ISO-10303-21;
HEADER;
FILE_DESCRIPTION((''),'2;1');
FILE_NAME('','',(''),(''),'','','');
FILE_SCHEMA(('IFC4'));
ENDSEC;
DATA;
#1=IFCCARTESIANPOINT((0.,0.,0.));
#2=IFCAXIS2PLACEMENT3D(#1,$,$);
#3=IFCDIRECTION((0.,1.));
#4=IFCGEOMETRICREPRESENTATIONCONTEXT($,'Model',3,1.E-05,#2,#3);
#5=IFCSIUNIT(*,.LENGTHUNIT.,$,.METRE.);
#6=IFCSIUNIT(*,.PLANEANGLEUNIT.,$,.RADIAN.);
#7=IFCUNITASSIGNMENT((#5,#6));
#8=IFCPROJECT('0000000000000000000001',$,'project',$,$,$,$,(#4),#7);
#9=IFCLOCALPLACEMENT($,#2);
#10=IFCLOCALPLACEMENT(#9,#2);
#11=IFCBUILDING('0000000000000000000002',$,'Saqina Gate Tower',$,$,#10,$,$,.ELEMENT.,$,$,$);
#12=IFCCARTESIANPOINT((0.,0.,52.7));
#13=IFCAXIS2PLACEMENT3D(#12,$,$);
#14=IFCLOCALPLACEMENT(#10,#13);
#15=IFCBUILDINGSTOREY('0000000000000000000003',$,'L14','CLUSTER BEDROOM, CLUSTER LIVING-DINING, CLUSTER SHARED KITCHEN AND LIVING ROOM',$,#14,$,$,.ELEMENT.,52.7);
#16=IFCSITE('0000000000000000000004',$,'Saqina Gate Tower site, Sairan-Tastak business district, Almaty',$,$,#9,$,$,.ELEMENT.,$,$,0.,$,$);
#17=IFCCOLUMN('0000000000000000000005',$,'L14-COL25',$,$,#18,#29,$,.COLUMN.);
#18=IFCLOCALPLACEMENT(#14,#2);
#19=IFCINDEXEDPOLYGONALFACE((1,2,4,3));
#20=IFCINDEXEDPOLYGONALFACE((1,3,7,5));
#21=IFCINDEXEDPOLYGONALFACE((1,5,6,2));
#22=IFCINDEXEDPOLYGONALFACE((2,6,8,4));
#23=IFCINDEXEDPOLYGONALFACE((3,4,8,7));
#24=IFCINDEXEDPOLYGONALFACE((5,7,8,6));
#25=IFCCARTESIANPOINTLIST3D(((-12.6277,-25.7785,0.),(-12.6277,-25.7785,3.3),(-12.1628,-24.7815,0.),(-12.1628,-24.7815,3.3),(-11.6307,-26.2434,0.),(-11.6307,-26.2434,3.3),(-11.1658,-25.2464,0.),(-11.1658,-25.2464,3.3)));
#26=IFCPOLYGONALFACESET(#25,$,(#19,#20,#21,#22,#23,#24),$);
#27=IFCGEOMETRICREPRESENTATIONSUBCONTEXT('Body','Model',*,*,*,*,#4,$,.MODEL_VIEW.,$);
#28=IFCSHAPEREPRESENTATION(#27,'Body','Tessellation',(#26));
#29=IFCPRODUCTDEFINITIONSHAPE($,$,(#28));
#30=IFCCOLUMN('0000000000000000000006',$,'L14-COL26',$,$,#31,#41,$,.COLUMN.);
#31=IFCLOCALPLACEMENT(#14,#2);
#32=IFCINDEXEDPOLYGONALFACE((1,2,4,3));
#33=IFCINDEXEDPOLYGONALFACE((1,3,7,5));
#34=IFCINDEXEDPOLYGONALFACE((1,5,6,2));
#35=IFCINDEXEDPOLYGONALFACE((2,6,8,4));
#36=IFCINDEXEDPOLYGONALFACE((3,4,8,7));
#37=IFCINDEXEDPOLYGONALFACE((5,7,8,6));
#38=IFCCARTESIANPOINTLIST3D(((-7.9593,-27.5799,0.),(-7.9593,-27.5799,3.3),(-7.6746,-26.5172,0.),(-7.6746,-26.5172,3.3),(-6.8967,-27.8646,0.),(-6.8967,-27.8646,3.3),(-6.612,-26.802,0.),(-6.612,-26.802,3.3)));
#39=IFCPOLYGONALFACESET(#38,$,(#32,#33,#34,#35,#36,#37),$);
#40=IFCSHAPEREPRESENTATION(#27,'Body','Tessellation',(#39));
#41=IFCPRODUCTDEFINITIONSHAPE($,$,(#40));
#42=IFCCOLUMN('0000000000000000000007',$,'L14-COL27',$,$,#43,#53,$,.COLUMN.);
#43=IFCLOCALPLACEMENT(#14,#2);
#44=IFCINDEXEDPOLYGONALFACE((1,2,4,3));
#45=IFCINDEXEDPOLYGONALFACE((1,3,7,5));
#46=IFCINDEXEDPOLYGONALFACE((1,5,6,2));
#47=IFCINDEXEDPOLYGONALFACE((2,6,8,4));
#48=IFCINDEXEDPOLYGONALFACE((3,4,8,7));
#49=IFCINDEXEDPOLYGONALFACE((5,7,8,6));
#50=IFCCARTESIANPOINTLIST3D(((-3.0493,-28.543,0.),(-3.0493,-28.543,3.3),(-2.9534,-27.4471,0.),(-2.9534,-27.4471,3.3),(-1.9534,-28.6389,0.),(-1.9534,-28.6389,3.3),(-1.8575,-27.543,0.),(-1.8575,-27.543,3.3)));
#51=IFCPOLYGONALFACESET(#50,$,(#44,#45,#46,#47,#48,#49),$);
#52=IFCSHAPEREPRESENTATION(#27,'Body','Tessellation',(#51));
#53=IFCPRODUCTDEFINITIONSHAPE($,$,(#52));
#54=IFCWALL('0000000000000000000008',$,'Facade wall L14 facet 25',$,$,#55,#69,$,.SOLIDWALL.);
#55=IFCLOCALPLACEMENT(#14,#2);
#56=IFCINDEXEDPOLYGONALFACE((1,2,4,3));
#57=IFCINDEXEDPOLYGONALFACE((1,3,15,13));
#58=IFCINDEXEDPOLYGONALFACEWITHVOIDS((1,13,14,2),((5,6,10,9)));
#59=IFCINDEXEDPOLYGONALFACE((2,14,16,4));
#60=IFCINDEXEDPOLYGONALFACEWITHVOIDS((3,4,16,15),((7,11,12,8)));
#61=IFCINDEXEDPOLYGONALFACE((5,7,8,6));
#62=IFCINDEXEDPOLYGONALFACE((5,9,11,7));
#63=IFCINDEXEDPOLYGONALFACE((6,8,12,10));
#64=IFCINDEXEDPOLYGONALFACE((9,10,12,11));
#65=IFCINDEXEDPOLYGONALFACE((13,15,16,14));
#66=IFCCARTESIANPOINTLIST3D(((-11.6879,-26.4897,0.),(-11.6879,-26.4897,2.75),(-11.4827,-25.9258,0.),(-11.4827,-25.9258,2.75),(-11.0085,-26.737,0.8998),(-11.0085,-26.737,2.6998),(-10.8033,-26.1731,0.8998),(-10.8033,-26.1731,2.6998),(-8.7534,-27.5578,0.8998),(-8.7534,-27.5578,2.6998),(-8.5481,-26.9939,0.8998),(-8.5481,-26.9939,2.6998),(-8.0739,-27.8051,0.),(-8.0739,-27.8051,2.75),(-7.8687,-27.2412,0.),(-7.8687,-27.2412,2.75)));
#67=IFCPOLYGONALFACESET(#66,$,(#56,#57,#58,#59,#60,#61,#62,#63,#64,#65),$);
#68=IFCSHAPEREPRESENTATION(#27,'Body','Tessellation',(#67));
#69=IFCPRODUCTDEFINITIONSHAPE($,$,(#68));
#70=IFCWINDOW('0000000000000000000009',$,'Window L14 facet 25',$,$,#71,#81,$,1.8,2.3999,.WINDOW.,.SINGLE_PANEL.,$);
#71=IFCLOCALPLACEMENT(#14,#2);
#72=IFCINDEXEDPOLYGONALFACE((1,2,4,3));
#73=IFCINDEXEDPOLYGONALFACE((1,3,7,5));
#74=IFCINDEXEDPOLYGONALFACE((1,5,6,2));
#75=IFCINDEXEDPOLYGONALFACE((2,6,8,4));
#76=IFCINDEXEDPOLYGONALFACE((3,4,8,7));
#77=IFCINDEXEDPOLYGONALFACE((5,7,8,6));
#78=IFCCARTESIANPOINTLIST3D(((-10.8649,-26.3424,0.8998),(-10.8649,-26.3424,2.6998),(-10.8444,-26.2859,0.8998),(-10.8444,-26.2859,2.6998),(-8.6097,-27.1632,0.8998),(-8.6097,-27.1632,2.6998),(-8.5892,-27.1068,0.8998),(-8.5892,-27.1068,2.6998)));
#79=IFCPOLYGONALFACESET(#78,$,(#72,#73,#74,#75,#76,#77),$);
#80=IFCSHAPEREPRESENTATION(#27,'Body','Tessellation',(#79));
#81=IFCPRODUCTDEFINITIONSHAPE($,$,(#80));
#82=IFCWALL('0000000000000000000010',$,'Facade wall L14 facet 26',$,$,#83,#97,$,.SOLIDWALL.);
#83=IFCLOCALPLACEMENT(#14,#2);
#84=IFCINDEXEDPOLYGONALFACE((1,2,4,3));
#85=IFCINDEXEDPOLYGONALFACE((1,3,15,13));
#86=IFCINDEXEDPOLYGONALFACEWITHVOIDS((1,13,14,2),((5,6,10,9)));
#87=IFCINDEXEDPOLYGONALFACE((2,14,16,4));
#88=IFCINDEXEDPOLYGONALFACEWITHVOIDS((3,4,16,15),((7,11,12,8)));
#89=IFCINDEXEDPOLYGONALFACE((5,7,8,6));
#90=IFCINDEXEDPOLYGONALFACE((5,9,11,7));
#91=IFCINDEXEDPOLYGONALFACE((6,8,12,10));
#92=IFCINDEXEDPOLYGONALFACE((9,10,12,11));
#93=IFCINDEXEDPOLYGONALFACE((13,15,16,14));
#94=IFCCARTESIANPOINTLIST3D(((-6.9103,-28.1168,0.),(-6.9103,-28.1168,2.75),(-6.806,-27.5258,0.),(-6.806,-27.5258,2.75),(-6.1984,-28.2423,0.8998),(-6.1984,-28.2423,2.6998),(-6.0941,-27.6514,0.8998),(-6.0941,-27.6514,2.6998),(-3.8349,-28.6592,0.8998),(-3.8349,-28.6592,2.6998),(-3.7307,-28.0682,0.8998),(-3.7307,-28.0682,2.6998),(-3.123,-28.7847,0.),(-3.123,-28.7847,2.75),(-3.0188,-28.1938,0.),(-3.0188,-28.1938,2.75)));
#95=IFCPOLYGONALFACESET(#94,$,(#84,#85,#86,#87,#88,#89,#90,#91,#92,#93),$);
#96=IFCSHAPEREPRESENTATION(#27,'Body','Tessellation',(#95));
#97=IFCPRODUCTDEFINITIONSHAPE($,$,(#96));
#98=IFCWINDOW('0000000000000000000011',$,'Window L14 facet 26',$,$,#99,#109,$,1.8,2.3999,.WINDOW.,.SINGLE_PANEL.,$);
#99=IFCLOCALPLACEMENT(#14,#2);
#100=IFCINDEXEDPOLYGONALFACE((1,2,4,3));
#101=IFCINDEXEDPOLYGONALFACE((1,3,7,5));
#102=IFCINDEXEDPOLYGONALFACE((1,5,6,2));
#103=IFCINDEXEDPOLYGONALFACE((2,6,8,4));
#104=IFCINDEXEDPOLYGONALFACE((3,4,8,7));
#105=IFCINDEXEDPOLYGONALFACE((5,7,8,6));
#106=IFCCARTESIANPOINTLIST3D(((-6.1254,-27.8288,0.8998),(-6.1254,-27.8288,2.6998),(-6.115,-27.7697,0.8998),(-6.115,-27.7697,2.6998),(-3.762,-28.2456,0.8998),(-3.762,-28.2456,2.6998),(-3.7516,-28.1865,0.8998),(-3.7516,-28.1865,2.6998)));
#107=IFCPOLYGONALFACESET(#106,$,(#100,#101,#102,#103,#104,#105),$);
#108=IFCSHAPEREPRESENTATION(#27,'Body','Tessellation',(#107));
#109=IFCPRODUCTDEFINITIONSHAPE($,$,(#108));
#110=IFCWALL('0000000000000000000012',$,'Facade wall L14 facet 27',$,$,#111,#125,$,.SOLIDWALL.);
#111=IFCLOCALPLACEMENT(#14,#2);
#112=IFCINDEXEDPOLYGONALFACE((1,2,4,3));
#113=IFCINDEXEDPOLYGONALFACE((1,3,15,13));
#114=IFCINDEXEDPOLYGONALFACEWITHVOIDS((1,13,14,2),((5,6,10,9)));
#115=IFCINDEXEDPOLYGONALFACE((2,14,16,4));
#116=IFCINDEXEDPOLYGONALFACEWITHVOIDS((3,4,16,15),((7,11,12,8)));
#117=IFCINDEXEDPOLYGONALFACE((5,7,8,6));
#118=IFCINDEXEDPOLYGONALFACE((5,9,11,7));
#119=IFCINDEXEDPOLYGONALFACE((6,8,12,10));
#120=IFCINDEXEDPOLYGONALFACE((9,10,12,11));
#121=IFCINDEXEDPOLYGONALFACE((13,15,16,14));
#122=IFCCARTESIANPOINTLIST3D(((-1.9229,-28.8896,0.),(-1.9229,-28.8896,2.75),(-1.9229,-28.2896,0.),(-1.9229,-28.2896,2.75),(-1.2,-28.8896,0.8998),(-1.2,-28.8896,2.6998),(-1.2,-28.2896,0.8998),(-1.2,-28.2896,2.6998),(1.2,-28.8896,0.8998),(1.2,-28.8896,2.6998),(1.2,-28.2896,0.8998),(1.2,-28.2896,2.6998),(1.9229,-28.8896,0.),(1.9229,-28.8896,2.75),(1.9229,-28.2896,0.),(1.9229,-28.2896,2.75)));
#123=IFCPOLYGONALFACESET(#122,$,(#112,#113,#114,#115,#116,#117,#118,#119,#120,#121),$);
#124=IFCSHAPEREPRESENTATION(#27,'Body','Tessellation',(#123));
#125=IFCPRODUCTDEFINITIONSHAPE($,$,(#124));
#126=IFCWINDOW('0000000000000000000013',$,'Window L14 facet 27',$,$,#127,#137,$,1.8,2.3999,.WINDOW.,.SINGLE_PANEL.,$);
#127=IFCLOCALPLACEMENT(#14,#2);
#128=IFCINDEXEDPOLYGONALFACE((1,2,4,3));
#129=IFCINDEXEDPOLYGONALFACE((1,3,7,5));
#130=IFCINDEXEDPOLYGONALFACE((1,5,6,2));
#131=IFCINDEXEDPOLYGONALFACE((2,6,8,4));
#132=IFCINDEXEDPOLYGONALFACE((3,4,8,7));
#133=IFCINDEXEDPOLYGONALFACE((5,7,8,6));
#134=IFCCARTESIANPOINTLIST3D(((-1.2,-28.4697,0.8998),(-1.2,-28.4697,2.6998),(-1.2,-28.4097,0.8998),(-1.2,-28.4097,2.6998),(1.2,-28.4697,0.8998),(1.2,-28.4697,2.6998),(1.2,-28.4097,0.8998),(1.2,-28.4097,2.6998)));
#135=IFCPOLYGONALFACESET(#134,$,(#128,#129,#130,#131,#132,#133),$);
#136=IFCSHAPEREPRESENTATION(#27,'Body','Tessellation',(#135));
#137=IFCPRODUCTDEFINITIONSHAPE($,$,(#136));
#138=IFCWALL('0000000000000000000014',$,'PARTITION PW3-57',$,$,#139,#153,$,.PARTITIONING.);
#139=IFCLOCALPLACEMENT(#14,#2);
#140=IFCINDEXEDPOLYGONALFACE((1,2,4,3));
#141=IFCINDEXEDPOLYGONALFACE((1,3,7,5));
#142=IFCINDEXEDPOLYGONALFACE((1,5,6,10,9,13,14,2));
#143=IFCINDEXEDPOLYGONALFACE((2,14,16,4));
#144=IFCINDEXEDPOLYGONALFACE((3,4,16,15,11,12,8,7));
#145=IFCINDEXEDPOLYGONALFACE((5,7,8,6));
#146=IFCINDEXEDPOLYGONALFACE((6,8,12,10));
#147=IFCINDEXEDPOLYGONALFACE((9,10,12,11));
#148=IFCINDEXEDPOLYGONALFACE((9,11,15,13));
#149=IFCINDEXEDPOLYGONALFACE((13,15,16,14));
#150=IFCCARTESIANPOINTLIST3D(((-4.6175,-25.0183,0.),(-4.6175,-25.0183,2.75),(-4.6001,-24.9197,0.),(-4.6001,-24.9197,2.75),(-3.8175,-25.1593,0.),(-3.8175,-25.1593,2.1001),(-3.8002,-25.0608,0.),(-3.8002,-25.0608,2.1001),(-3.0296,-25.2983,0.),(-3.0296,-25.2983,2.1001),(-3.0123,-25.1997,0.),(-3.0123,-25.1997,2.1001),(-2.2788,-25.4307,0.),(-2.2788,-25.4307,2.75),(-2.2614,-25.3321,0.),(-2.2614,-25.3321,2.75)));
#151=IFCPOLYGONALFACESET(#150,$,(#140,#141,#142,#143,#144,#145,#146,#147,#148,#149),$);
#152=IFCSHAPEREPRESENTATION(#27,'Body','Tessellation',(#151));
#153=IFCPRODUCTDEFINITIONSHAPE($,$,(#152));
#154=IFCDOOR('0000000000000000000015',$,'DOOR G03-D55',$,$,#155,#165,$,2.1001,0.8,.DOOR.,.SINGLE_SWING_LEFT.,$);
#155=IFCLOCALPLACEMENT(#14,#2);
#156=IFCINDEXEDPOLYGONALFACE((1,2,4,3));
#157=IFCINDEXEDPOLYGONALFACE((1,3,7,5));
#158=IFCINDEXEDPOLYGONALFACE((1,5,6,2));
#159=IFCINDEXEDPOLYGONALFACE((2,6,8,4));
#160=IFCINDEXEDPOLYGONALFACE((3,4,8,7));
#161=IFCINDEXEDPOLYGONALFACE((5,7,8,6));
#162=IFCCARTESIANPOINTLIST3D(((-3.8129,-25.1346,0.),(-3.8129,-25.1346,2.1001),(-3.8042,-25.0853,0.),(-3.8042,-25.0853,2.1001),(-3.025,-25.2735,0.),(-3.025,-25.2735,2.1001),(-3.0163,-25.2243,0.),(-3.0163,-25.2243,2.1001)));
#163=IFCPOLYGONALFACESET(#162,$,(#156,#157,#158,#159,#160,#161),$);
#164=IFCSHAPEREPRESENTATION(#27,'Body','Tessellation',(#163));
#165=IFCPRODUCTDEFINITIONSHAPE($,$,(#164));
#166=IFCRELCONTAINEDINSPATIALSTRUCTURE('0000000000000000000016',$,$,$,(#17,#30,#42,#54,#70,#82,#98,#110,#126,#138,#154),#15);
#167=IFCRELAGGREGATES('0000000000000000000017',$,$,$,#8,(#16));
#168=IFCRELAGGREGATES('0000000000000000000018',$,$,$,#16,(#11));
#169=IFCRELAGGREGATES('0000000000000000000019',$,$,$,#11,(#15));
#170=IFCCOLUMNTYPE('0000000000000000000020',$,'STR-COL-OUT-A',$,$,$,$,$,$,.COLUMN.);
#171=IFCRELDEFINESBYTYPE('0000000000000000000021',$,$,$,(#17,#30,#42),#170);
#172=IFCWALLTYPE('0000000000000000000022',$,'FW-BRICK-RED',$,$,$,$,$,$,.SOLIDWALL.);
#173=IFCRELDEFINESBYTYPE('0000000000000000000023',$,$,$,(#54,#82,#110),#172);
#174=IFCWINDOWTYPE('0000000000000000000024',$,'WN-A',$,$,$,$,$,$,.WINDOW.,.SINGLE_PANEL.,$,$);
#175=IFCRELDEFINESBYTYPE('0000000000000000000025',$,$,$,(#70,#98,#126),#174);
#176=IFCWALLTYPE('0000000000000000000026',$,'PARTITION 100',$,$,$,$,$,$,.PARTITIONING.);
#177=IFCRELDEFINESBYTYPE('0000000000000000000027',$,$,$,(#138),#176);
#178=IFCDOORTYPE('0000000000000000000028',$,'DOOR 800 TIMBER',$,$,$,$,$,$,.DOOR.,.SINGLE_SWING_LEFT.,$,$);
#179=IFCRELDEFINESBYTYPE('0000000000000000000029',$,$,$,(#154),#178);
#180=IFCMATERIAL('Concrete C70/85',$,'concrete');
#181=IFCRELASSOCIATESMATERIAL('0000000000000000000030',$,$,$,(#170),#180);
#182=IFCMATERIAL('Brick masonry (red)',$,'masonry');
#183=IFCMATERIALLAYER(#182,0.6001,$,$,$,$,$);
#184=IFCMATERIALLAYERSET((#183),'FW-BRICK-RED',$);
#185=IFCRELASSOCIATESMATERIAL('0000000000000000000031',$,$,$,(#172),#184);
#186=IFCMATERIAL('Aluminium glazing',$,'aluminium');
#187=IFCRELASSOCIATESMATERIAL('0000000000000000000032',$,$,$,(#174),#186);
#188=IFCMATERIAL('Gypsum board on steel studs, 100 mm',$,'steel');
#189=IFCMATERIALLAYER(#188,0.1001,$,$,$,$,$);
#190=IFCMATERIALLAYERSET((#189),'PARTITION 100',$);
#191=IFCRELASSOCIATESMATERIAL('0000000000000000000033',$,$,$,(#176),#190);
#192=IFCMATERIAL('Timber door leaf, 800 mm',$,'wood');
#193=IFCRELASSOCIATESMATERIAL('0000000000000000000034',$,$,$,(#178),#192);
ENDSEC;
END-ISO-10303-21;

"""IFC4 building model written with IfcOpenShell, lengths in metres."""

from ifc_helpers import new_model, si_unit, direction, frame, frame_2d, origin, origin_2d, place, context, subcontext, project, spatial, rectangle, extrude, material, layer, layer_set, material_profile, profile_set, type_object, element, fill, save


model = new_model("IFC4")

# Units and contexts
model_context = context("Model", 3, precision=1e-05, world=origin(), true_north=direction((0.0, 1.0)))
body_context = subcontext(model_context, "Body", "Model", "MODEL_VIEW")
ifc_project = project(units=[si_unit("LENGTHUNIT", "METRE"), si_unit("PLANEANGLEUNIT", "RADIAN")], contexts=[model_context])

# Site, building, storey
site_placement = place(None, origin())
site = spatial("IfcSite", under=ifc_project, at=site_placement, Name="Saqina Gate Tower site, Sairan-Tastak business district, Almaty", CompositionType="ELEMENT", RefElevation=0.0)
building_placement = place(site_placement, origin())
building = spatial("IfcBuilding", under=site, at=building_placement, Name="Saqina Gate Tower", CompositionType="ELEMENT")
storey_placement = place(building_placement, frame((0.0, 0.0, 52.7)))
storey = spatial("IfcBuildingStorey", under=building, at=storey_placement, Name="L14", Description="CLUSTER BEDROOM, CLUSTER LIVING-DINING, CLUSTER SHARED KITCHEN AND LIVING ROOM", CompositionType="ELEMENT", Elevation=52.7)

# Columns
ifc_material_1 = material(Name="Concrete C70/85", Category="concrete")
ifc_material_profile = material_profile(ifc_material_1, rectangle(XDim=1.1001, YDim=1.1001, at=origin_2d()), Name="RC 1100x1100")
ifc_profile_set = profile_set([ifc_material_profile], Name="Concrete C70/85")
column_type = type_object("IfcColumnType", Name="STR-COL-OUT-A", PredefinedType="COLUMN", material=ifc_profile_set)
for number, where, z_axis, x_axis, name in (
    (1, (-11.8967, -25.5125, 0.0), (0.0, 0.0, 1.0), (-0.422618, -0.906308, 0.0), "L14-COL25"),
    (2, (-7.2856, -27.1909, 0.0), (0.0, 0.0, 1.0), (-0.258819, -0.965926, 0.0), "L14-COL26"),
    (3, (-2.4534, -28.043, 0.0), (0.0, 0.0, 1.0), (-0.087156, -0.996195, 0.0), "L14-COL27"),
):
    element("IfcColumn", number, at=place(storey_placement, frame(where, z_axis=z_axis, x_axis=x_axis)), inside=storey, type_object=column_type, Name=name, PredefinedType="COLUMN", context=body_context, shape_type="SweptSolid", body=[
        extrude(rectangle(XDim=1.1001, YDim=1.1001, at=origin_2d()), origin(), (0.0, 0.0, 1.0), 3.3),
    ])

# Walls, openings, windows
ifc_material_2 = material(Name="Brick masonry (red)", Category="masonry")
ifc_layer_1 = layer(ifc_material_2, 0.6001)
ifc_layer_set_1 = layer_set([ifc_layer_1], Name="FW-BRICK-RED")
wall_type_1 = type_object("IfcWallType", Name="FW-BRICK-RED", PredefinedType="SOLIDWALL", material=ifc_layer_set_1)
wall_1_placement = place(storey_placement, frame((-11.5852, -26.2078, 0.0), z_axis=(0.0, 0.0, 1.0), x_axis=(0.93969, -0.342028, 0.0)))
wall_1 = element("IfcWall", 4, at=wall_1_placement, inside=storey, type_object=wall_type_1, Name="Facade wall L14 facet 25", PredefinedType="SOLIDWALL", context=body_context, shape_type="SweptSolid", body=[
    extrude(rectangle(XDim=3.8459, YDim=0.6001, at=frame_2d((1.9229, 0.0))), origin(), (0.0, 0.0, 1.0), 2.75),
])
opening_1_placement = place(wall_1_placement, frame((0.7229, 0.0, 0.8999)))
opening_1 = element("IfcOpeningElement", 5, at=opening_1_placement, cuts=wall_1, PredefinedType="OPENING", context=body_context, shape_type="SweptSolid", body=[
    extrude(rectangle(XDim=2.3999, YDim=1.8, at=frame_2d((1.2, 0.8999))), frame((0.0, 0.312, 0.0), z_axis=(0.0, -1.0, 0.0), x_axis=(1.0, 0.0, 0.0)), (0.0, 0.0, 1.0), 0.624),
])
ifc_material_3 = material(Name="Aluminium glazing", Category="aluminium")
window_type = type_object("IfcWindowType", Name="WN-A", PartitioningType="SINGLE_PANEL", PredefinedType="WINDOW", material=ifc_material_3)
window_1_placement = place(opening_1_placement, origin())
window_1 = element("IfcWindow", 6, at=window_1_placement, inside=storey, type_object=window_type, Name="Window L14 facet 25", OverallHeight=1.8, OverallWidth=2.3999, PartitioningType="SINGLE_PANEL", PredefinedType="WINDOW", context=body_context, shape_type="SweptSolid", body=[
    extrude(rectangle(XDim=2.3999, YDim=1.8, at=frame_2d((1.2, 0.8999))), frame((0.0, 0.1799, 0.0), z_axis=(0.0, -1.0, 0.0), x_axis=(1.0, 0.0, 0.0)), (0.0, 0.0, 1.0), 0.0601),
])
fill(opening_1, window_1)
wall_2_placement = place(storey_placement, frame((-6.8582, -27.8213, 0.0), z_axis=(0.0, 0.0, 1.0), x_axis=(0.984801, -0.173688, 0.0)))
wall_2 = element("IfcWall", 7, at=wall_2_placement, inside=storey, type_object=wall_type_1, Name="Facade wall L14 facet 26", PredefinedType="SOLIDWALL", context=body_context, shape_type="SweptSolid", body=[
    extrude(rectangle(XDim=3.8457, YDim=0.6001, at=frame_2d((1.9229, 0.0))), origin(), (0.0, 0.0, 1.0), 2.75),
])
opening_2_placement = place(wall_2_placement, frame((0.7229, 0.0, 0.8999)))
opening_2 = element("IfcOpeningElement", 8, at=opening_2_placement, cuts=wall_2, PredefinedType="OPENING", context=body_context, shape_type="SweptSolid", body=[
    extrude(rectangle(XDim=2.3999, YDim=1.8, at=frame_2d((1.2, 0.8999))), frame((0.0, 0.312, 0.0), z_axis=(0.0, -1.0, 0.0), x_axis=(1.0, 0.0, 0.0)), (0.0, 0.0, 1.0), 0.624),
])
window_2_placement = place(opening_2_placement, origin())
window_2 = element("IfcWindow", 9, at=window_2_placement, inside=storey, type_object=window_type, Name="Window L14 facet 26", OverallHeight=1.8, OverallWidth=2.3999, PartitioningType="SINGLE_PANEL", PredefinedType="WINDOW", context=body_context, shape_type="SweptSolid", body=[
    extrude(rectangle(XDim=2.3999, YDim=1.8, at=frame_2d((1.2, 0.8999))), frame((0.0, 0.1799, 0.0), z_axis=(0.0, -1.0, 0.0), x_axis=(1.0, 0.0, 0.0)), (0.0, 0.0, 1.0), 0.0601),
])
fill(opening_2, window_2)
wall_3_placement = place(storey_placement, frame((-1.9229, -28.5896, 0.0), z_axis=(0.0, 0.0, 1.0), x_axis=(1.0, 0.0, 0.0)))
wall_3 = element("IfcWall", 10, at=wall_3_placement, inside=storey, type_object=wall_type_1, Name="Facade wall L14 facet 27", PredefinedType="SOLIDWALL", context=body_context, shape_type="SweptSolid", body=[
    extrude(rectangle(XDim=3.8457, YDim=0.6001, at=frame_2d((1.9229, 0.0))), origin(), (0.0, 0.0, 1.0), 2.75),
])
opening_3_placement = place(wall_3_placement, frame((0.7229, 0.0, 0.8999)))
opening_3 = element("IfcOpeningElement", 11, at=opening_3_placement, cuts=wall_3, PredefinedType="OPENING", context=body_context, shape_type="SweptSolid", body=[
    extrude(rectangle(XDim=2.3999, YDim=1.8, at=frame_2d((1.2, 0.8999))), frame((0.0, 0.312, 0.0), z_axis=(0.0, -1.0, 0.0), x_axis=(1.0, 0.0, 0.0)), (0.0, 0.0, 1.0), 0.624),
])
window_3_placement = place(opening_3_placement, origin())
window_3 = element("IfcWindow", 12, at=window_3_placement, inside=storey, type_object=window_type, Name="Window L14 facet 27", OverallHeight=1.8, OverallWidth=2.3999, PartitioningType="SINGLE_PANEL", PredefinedType="WINDOW", context=body_context, shape_type="SweptSolid", body=[
    extrude(rectangle(XDim=2.3999, YDim=1.8, at=frame_2d((1.2, 0.8999))), frame((0.0, 0.1799, 0.0), z_axis=(0.0, -1.0, 0.0), x_axis=(1.0, 0.0, 0.0)), (0.0, 0.0, 1.0), 0.0601),
])
fill(opening_3, window_3)

# Wall, opening, door
ifc_material_4 = material(Name="Gypsum board on steel studs, 100 mm", Category="steel")
ifc_layer_2 = layer(ifc_material_4, 0.1001)
ifc_layer_set_2 = layer_set([ifc_layer_2], Name="PARTITION 100")
wall_type_2 = type_object("IfcWallType", Name="PARTITION 100", PredefinedType="PARTITIONING", material=ifc_layer_set_2)
wall_4_placement = place(storey_placement, frame((-4.6089, -24.969, 0.0), z_axis=(0.0, 0.0, 1.0), x_axis=(0.984808, -0.173645, 0.0)))
wall_4 = element("IfcWall", 13, at=wall_4_placement, inside=storey, type_object=wall_type_2, Name="PARTITION PW3-57", PredefinedType="PARTITIONING", context=body_context, shape_type="SweptSolid", body=[
    extrude(rectangle(XDim=2.3748, YDim=0.1001, at=frame_2d((1.1875, 0.0))), origin(), (0.0, 0.0, 1.0), 2.75),
])
opening_4_placement = place(wall_4_placement, frame((0.8125, 0.0, 0.0)))
opening_4 = element("IfcOpeningElement", 14, at=opening_4_placement, cuts=wall_4, PredefinedType="OPENING", context=body_context, shape_type="SweptSolid", body=[
    extrude(rectangle(XDim=0.8, YDim=2.1001, at=frame_2d((0.3999, 1.05))), frame((0.0, 0.062, 0.0), z_axis=(0.0, -1.0, 0.0), x_axis=(1.0, 0.0, 0.0)), (0.0, 0.0, 1.0), 0.124),
])
ifc_material_5 = material(Name="Timber door leaf, 800 mm", Category="wood")
door_type = type_object("IfcDoorType", Name="DOOR 800 TIMBER", OperationType="SINGLE_SWING_LEFT", PredefinedType="DOOR", material=ifc_material_5)
door_1_placement = place(opening_4_placement, frame((0.8, 0.0, 0.0), z_axis=(0.0, 0.0, 1.0), x_axis=(-1.0, 0.0, 0.0)))
door_1 = element("IfcDoor", 15, at=door_1_placement, inside=storey, type_object=door_type, Name="DOOR G03-D55", OperationType="SINGLE_SWING_LEFT", OverallHeight=2.1001, OverallWidth=0.8, PredefinedType="DOOR", context=body_context, shape_type="SweptSolid", body=[
    extrude(rectangle(XDim=0.8, YDim=2.1001, at=frame_2d((0.3999, 1.05))), frame((0.0, 0.0249, 0.0), z_axis=(0.0, -1.0, 0.0), x_axis=(1.0, 0.0, 0.0)), (0.0, 0.0, 1.0), 0.05),
])
fill(opening_4, door_1)

save(model, "model.ifc")
